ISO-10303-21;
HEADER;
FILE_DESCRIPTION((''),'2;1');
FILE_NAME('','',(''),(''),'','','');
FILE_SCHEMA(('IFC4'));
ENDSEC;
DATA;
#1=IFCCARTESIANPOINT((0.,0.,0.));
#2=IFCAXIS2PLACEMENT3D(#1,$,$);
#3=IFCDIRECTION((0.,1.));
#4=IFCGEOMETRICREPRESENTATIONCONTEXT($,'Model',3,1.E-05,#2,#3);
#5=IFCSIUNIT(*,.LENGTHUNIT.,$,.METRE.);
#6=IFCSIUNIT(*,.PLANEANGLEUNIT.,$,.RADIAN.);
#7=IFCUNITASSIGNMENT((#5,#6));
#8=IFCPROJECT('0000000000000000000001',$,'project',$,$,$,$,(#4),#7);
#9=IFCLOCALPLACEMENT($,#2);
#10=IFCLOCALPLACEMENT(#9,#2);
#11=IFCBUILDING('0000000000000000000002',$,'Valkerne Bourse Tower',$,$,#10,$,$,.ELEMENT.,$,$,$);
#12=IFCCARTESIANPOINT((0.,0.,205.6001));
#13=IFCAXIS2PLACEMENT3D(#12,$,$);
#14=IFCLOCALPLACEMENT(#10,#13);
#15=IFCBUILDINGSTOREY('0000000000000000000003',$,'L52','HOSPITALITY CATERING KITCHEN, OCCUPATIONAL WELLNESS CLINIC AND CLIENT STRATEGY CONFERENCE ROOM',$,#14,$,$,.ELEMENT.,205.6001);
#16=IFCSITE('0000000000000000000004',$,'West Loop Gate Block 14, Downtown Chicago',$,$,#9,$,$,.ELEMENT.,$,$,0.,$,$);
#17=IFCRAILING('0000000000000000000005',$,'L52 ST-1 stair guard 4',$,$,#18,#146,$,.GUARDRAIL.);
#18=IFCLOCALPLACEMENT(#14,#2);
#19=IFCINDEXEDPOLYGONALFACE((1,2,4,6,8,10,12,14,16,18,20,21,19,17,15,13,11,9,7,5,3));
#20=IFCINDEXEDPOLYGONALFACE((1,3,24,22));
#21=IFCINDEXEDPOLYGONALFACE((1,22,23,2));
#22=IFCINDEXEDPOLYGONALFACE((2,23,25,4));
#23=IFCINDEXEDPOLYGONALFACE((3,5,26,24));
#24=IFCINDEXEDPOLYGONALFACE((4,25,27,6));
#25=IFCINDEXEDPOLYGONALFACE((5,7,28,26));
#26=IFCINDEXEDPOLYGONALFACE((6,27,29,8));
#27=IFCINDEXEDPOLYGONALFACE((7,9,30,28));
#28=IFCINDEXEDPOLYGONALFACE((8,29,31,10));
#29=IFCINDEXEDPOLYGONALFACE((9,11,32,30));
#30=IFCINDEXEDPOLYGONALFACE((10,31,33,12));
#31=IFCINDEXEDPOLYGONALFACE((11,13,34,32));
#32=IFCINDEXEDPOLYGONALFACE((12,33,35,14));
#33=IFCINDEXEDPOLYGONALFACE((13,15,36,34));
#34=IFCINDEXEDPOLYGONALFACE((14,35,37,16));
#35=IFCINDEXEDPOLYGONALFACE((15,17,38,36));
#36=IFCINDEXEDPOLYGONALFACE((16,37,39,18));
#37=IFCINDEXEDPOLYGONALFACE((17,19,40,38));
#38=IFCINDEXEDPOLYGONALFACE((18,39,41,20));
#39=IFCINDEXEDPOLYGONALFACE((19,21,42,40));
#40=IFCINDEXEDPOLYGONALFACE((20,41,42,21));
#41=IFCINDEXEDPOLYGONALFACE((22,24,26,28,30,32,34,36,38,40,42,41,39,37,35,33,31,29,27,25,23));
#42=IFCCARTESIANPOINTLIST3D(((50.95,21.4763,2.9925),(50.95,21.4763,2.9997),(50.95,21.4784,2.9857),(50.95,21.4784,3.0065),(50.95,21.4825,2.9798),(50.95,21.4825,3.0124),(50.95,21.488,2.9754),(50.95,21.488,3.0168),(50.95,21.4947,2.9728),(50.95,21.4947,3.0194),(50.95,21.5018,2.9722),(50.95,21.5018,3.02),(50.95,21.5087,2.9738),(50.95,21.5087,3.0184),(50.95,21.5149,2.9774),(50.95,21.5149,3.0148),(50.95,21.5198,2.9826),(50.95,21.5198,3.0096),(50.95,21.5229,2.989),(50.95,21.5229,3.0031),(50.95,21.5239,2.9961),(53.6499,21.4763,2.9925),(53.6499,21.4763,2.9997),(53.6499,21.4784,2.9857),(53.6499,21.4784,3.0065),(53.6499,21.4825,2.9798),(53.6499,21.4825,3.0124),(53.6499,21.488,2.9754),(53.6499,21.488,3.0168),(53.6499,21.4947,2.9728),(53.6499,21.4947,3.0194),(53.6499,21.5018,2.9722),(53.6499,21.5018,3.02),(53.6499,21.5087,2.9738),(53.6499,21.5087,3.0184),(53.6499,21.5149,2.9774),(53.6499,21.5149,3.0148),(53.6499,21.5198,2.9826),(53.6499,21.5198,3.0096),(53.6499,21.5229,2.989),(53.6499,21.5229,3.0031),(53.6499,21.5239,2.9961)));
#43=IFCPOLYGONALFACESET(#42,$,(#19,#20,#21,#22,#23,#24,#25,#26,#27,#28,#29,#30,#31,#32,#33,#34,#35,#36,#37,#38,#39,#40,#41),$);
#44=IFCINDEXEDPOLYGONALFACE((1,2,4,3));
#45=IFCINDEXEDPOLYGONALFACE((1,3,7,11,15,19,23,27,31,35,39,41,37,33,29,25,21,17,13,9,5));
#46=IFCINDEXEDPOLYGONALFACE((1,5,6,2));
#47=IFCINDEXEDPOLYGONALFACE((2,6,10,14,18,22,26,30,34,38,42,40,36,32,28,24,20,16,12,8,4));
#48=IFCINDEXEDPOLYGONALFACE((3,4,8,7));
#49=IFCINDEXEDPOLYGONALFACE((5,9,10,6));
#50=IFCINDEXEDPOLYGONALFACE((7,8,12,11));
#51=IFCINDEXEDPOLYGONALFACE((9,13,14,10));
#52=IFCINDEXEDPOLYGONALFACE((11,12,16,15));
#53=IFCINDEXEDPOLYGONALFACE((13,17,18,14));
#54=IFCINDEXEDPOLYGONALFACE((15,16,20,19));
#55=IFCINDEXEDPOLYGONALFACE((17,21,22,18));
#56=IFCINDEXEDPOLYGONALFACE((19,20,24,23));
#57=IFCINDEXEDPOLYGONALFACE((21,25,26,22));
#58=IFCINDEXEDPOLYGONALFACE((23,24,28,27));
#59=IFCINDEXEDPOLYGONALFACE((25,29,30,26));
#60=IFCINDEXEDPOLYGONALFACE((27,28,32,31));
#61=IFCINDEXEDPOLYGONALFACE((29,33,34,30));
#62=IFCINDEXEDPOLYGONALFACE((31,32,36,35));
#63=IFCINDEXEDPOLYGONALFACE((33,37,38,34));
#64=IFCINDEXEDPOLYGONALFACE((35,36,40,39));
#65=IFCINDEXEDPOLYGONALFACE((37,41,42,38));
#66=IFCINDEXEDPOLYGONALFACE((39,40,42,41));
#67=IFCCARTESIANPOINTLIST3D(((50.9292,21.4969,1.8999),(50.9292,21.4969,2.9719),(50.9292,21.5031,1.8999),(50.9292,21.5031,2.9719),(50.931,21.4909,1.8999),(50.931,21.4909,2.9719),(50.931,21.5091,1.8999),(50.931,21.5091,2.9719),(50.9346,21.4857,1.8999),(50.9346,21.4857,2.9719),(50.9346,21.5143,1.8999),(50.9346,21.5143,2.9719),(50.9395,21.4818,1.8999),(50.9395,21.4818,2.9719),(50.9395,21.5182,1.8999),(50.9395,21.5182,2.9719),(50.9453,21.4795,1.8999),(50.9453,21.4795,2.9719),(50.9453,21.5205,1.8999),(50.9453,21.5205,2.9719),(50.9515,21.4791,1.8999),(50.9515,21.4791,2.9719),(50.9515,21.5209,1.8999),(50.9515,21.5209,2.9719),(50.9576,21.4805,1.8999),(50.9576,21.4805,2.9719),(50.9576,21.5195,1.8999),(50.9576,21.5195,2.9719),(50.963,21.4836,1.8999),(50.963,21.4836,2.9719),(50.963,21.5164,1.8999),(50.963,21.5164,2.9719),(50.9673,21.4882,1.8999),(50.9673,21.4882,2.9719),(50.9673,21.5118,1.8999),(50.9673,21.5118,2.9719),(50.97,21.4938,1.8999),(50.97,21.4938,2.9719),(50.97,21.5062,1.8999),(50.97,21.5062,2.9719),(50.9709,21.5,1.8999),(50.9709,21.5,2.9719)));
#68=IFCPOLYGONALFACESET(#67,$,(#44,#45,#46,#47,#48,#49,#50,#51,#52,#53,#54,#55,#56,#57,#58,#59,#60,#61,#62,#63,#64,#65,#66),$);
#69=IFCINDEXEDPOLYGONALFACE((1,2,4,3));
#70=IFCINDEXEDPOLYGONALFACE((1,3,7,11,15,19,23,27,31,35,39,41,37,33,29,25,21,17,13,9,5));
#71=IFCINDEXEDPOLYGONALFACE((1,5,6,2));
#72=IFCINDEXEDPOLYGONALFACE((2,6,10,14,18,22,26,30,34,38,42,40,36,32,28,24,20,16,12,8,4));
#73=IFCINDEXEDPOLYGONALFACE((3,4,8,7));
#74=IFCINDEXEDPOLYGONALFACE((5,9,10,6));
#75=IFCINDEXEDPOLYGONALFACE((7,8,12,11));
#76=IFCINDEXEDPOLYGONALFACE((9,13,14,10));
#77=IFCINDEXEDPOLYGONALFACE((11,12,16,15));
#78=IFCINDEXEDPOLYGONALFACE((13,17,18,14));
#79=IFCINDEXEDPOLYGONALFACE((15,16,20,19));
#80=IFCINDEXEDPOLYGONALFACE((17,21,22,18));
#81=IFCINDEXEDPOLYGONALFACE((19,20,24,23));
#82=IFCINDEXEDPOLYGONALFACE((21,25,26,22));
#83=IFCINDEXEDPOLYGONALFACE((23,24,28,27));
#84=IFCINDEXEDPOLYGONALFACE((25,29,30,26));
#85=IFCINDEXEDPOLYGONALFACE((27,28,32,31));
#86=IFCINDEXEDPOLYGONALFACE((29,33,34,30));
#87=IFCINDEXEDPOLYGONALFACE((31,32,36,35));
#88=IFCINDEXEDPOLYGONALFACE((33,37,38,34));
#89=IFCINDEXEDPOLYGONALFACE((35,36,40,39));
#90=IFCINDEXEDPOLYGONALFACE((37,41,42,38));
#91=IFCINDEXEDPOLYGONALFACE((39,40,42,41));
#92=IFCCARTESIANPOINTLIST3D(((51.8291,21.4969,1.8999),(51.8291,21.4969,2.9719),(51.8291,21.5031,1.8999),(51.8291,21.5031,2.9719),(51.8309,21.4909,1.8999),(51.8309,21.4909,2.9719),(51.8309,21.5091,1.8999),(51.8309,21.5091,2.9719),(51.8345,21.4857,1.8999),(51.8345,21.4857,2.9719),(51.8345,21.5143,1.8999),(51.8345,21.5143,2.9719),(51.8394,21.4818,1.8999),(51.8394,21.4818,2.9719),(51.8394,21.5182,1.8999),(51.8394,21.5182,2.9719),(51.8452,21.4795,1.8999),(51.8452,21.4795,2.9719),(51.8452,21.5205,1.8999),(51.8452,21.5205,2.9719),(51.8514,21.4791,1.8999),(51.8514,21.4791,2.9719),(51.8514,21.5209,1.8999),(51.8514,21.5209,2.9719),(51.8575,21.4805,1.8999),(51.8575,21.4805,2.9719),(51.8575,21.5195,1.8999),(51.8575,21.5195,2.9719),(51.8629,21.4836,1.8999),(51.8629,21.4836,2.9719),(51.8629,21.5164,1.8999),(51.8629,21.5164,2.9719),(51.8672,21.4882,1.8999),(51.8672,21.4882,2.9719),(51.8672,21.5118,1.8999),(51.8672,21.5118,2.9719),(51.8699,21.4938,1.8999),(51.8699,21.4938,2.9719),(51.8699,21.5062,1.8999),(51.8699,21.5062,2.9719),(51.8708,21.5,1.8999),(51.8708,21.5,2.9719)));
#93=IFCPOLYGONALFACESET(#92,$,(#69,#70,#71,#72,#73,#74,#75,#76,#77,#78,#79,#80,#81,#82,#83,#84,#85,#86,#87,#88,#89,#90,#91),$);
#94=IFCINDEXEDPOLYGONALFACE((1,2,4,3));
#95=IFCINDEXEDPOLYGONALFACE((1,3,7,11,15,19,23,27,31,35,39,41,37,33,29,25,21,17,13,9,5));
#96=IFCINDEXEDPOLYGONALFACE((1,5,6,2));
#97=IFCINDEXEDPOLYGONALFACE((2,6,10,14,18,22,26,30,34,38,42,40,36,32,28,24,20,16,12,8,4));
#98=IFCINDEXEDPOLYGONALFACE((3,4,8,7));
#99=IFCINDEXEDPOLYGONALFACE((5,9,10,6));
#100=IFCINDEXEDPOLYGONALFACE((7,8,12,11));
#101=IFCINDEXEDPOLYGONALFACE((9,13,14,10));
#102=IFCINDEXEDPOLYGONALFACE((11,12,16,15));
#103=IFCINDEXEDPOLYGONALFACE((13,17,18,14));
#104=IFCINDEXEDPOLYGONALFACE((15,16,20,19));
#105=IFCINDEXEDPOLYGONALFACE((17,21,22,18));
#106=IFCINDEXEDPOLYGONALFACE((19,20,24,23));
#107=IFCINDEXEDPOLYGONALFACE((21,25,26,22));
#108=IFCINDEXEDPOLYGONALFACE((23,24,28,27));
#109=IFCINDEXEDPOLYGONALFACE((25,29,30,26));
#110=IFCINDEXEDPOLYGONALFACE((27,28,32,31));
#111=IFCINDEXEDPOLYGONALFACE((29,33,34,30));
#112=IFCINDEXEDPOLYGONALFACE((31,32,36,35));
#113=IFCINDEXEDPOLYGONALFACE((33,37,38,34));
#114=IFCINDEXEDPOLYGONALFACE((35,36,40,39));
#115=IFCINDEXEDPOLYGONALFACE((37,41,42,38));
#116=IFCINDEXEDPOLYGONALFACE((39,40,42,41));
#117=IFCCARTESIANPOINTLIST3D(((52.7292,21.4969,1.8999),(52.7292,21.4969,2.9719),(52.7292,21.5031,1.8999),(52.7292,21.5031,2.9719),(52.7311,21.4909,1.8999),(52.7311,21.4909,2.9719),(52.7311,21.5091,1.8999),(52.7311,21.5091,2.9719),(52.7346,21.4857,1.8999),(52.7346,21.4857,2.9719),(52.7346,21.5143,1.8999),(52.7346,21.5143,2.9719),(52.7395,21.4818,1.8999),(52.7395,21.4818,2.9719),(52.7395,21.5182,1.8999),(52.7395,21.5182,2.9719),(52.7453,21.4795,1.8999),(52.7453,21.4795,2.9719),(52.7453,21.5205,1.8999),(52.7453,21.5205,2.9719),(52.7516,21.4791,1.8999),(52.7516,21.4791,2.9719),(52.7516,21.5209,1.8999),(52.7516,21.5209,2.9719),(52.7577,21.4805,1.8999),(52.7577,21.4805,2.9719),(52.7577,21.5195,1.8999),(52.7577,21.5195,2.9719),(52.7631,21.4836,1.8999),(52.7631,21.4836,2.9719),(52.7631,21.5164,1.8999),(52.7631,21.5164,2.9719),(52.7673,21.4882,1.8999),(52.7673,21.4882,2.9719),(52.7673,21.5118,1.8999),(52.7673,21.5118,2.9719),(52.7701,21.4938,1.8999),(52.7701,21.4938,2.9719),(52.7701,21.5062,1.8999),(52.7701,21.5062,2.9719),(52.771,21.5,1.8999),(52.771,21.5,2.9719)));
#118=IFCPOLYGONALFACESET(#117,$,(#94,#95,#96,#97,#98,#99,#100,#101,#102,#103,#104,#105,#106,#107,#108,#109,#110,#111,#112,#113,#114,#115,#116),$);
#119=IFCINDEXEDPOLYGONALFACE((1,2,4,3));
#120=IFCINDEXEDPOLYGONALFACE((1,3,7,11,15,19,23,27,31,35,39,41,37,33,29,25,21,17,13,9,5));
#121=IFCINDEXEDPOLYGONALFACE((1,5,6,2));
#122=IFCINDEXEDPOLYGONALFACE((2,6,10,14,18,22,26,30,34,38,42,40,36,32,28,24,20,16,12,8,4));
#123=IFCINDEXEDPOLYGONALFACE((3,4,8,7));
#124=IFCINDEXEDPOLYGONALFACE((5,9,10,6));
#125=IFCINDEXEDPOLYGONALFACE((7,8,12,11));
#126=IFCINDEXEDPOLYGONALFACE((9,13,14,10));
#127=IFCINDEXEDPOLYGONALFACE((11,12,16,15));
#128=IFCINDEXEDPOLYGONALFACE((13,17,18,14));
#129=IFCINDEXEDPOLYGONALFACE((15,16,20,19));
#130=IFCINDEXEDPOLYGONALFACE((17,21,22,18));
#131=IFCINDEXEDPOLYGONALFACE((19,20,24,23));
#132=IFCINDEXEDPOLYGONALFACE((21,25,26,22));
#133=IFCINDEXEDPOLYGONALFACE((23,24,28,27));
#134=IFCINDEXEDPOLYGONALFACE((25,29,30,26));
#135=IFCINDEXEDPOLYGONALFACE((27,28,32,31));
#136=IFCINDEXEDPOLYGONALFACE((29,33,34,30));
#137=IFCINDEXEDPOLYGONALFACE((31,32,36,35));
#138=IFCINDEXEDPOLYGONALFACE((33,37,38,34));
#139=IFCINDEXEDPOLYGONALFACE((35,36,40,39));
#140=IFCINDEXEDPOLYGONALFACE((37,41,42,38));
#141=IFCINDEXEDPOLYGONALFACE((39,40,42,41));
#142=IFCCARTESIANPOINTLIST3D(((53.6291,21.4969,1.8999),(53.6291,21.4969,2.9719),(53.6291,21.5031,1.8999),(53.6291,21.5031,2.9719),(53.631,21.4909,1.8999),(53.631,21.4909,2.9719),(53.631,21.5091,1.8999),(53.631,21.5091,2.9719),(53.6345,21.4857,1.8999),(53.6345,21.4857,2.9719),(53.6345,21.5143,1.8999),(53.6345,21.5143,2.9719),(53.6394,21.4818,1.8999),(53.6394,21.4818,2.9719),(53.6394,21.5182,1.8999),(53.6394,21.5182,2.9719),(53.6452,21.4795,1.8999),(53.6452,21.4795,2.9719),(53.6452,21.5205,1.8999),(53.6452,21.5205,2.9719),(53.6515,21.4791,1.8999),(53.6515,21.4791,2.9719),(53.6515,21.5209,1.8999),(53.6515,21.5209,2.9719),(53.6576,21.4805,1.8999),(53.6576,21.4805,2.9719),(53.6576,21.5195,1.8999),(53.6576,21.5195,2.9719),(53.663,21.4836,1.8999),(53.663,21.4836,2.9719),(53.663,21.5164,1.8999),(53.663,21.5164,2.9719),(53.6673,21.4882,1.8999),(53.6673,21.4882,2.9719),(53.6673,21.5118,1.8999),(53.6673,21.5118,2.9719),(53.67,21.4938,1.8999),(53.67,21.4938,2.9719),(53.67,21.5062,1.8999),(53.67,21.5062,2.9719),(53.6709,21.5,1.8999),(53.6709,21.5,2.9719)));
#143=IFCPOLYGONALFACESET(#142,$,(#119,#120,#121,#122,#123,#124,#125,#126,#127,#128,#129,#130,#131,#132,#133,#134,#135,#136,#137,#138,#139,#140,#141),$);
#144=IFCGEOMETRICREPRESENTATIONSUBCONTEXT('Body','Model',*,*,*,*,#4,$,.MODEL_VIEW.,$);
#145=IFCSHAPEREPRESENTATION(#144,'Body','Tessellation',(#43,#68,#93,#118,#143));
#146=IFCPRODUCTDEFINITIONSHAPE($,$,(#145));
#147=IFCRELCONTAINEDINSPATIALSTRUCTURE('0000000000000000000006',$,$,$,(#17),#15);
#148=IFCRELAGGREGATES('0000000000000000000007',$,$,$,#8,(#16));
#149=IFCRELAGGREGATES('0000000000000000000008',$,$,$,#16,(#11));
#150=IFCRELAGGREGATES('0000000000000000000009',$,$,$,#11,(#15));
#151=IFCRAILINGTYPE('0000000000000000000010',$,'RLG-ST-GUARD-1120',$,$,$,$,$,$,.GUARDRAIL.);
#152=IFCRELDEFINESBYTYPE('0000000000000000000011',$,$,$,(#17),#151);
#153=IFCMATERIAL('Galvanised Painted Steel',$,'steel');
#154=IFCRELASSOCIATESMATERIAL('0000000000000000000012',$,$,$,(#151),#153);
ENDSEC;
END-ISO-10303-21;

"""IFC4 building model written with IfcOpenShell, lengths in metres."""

from ifc_helpers import new_model, si_unit, direction, frame, origin, origin_2d, place, context, subcontext, project, spatial, circle, extrude, material, type_object, element, save


model = new_model("IFC4")

# Units and contexts
model_context = context("Model", 3, precision=1e-05, world=origin(), true_north=direction((0.0, 1.0)))
body_context = subcontext(model_context, "Body", "Model", "MODEL_VIEW")
ifc_project = project(units=[si_unit("LENGTHUNIT", "METRE"), si_unit("PLANEANGLEUNIT", "RADIAN")], contexts=[model_context])

# Site, building, storey
site_placement = place(None, origin())
site = spatial("IfcSite", under=ifc_project, at=site_placement, Name="West Loop Gate Block 14, Downtown Chicago", CompositionType="ELEMENT", RefElevation=0.0)
building_placement = place(site_placement, origin())
building = spatial("IfcBuilding", under=site, at=building_placement, Name="Valkerne Bourse Tower", CompositionType="ELEMENT")
storey_placement = place(building_placement, frame((0.0, 0.0, 205.6001)))
storey = spatial("IfcBuildingStorey", under=building, at=storey_placement, Name="L52", Description="HOSPITALITY CATERING KITCHEN, OCCUPATIONAL WELLNESS CLINIC AND CLIENT STRATEGY CONFERENCE ROOM", CompositionType="ELEMENT", Elevation=205.6001)

# Shared definitions
ifc_material_1 = material(Name="Galvanised Painted Steel", Category="steel")

# Railing
railing_type_1 = type_object("IfcRailingType", Name="RLG-ST-GUARD-1120", PredefinedType="GUARDRAIL", material=ifc_material_1)
for number, where, name in (
    (1, (50.95, 21.5, 1.8999), "L52 ST-1 stair guard 4"),
):
    element("IfcRailing", number, at=place(storey_placement, frame(where)), inside=storey, type_object=railing_type_1, Name=name, PredefinedType="GUARDRAIL", context=body_context, shape_type="SweptSolid", body=[
        extrude(circle(Radius=0.0239, at=origin_2d()), frame((0.0, 0.0, 1.0962), z_axis=(1.0, 0.0, 0.0), x_axis=(0.0, 1.0, 0.0)), (0.0, 0.0, 1.0), 2.7),
        extrude(circle(Radius=0.021, at=origin_2d()), origin(), (0.0, 0.0, 1.0), 1.072),
        extrude(circle(Radius=0.021, at=origin_2d()), frame((0.8999, 0.0, 0.0)), (0.0, 0.0, 1.0), 1.072),
        extrude(circle(Radius=0.021, at=origin_2d()), frame((1.8, 0.0, 0.0)), (0.0, 0.0, 1.0), 1.072),
        extrude(circle(Radius=0.021, at=origin_2d()), frame((2.7, 0.0, 0.0)), (0.0, 0.0, 1.0), 1.072),
    ])

save(model, "model.ifc")
